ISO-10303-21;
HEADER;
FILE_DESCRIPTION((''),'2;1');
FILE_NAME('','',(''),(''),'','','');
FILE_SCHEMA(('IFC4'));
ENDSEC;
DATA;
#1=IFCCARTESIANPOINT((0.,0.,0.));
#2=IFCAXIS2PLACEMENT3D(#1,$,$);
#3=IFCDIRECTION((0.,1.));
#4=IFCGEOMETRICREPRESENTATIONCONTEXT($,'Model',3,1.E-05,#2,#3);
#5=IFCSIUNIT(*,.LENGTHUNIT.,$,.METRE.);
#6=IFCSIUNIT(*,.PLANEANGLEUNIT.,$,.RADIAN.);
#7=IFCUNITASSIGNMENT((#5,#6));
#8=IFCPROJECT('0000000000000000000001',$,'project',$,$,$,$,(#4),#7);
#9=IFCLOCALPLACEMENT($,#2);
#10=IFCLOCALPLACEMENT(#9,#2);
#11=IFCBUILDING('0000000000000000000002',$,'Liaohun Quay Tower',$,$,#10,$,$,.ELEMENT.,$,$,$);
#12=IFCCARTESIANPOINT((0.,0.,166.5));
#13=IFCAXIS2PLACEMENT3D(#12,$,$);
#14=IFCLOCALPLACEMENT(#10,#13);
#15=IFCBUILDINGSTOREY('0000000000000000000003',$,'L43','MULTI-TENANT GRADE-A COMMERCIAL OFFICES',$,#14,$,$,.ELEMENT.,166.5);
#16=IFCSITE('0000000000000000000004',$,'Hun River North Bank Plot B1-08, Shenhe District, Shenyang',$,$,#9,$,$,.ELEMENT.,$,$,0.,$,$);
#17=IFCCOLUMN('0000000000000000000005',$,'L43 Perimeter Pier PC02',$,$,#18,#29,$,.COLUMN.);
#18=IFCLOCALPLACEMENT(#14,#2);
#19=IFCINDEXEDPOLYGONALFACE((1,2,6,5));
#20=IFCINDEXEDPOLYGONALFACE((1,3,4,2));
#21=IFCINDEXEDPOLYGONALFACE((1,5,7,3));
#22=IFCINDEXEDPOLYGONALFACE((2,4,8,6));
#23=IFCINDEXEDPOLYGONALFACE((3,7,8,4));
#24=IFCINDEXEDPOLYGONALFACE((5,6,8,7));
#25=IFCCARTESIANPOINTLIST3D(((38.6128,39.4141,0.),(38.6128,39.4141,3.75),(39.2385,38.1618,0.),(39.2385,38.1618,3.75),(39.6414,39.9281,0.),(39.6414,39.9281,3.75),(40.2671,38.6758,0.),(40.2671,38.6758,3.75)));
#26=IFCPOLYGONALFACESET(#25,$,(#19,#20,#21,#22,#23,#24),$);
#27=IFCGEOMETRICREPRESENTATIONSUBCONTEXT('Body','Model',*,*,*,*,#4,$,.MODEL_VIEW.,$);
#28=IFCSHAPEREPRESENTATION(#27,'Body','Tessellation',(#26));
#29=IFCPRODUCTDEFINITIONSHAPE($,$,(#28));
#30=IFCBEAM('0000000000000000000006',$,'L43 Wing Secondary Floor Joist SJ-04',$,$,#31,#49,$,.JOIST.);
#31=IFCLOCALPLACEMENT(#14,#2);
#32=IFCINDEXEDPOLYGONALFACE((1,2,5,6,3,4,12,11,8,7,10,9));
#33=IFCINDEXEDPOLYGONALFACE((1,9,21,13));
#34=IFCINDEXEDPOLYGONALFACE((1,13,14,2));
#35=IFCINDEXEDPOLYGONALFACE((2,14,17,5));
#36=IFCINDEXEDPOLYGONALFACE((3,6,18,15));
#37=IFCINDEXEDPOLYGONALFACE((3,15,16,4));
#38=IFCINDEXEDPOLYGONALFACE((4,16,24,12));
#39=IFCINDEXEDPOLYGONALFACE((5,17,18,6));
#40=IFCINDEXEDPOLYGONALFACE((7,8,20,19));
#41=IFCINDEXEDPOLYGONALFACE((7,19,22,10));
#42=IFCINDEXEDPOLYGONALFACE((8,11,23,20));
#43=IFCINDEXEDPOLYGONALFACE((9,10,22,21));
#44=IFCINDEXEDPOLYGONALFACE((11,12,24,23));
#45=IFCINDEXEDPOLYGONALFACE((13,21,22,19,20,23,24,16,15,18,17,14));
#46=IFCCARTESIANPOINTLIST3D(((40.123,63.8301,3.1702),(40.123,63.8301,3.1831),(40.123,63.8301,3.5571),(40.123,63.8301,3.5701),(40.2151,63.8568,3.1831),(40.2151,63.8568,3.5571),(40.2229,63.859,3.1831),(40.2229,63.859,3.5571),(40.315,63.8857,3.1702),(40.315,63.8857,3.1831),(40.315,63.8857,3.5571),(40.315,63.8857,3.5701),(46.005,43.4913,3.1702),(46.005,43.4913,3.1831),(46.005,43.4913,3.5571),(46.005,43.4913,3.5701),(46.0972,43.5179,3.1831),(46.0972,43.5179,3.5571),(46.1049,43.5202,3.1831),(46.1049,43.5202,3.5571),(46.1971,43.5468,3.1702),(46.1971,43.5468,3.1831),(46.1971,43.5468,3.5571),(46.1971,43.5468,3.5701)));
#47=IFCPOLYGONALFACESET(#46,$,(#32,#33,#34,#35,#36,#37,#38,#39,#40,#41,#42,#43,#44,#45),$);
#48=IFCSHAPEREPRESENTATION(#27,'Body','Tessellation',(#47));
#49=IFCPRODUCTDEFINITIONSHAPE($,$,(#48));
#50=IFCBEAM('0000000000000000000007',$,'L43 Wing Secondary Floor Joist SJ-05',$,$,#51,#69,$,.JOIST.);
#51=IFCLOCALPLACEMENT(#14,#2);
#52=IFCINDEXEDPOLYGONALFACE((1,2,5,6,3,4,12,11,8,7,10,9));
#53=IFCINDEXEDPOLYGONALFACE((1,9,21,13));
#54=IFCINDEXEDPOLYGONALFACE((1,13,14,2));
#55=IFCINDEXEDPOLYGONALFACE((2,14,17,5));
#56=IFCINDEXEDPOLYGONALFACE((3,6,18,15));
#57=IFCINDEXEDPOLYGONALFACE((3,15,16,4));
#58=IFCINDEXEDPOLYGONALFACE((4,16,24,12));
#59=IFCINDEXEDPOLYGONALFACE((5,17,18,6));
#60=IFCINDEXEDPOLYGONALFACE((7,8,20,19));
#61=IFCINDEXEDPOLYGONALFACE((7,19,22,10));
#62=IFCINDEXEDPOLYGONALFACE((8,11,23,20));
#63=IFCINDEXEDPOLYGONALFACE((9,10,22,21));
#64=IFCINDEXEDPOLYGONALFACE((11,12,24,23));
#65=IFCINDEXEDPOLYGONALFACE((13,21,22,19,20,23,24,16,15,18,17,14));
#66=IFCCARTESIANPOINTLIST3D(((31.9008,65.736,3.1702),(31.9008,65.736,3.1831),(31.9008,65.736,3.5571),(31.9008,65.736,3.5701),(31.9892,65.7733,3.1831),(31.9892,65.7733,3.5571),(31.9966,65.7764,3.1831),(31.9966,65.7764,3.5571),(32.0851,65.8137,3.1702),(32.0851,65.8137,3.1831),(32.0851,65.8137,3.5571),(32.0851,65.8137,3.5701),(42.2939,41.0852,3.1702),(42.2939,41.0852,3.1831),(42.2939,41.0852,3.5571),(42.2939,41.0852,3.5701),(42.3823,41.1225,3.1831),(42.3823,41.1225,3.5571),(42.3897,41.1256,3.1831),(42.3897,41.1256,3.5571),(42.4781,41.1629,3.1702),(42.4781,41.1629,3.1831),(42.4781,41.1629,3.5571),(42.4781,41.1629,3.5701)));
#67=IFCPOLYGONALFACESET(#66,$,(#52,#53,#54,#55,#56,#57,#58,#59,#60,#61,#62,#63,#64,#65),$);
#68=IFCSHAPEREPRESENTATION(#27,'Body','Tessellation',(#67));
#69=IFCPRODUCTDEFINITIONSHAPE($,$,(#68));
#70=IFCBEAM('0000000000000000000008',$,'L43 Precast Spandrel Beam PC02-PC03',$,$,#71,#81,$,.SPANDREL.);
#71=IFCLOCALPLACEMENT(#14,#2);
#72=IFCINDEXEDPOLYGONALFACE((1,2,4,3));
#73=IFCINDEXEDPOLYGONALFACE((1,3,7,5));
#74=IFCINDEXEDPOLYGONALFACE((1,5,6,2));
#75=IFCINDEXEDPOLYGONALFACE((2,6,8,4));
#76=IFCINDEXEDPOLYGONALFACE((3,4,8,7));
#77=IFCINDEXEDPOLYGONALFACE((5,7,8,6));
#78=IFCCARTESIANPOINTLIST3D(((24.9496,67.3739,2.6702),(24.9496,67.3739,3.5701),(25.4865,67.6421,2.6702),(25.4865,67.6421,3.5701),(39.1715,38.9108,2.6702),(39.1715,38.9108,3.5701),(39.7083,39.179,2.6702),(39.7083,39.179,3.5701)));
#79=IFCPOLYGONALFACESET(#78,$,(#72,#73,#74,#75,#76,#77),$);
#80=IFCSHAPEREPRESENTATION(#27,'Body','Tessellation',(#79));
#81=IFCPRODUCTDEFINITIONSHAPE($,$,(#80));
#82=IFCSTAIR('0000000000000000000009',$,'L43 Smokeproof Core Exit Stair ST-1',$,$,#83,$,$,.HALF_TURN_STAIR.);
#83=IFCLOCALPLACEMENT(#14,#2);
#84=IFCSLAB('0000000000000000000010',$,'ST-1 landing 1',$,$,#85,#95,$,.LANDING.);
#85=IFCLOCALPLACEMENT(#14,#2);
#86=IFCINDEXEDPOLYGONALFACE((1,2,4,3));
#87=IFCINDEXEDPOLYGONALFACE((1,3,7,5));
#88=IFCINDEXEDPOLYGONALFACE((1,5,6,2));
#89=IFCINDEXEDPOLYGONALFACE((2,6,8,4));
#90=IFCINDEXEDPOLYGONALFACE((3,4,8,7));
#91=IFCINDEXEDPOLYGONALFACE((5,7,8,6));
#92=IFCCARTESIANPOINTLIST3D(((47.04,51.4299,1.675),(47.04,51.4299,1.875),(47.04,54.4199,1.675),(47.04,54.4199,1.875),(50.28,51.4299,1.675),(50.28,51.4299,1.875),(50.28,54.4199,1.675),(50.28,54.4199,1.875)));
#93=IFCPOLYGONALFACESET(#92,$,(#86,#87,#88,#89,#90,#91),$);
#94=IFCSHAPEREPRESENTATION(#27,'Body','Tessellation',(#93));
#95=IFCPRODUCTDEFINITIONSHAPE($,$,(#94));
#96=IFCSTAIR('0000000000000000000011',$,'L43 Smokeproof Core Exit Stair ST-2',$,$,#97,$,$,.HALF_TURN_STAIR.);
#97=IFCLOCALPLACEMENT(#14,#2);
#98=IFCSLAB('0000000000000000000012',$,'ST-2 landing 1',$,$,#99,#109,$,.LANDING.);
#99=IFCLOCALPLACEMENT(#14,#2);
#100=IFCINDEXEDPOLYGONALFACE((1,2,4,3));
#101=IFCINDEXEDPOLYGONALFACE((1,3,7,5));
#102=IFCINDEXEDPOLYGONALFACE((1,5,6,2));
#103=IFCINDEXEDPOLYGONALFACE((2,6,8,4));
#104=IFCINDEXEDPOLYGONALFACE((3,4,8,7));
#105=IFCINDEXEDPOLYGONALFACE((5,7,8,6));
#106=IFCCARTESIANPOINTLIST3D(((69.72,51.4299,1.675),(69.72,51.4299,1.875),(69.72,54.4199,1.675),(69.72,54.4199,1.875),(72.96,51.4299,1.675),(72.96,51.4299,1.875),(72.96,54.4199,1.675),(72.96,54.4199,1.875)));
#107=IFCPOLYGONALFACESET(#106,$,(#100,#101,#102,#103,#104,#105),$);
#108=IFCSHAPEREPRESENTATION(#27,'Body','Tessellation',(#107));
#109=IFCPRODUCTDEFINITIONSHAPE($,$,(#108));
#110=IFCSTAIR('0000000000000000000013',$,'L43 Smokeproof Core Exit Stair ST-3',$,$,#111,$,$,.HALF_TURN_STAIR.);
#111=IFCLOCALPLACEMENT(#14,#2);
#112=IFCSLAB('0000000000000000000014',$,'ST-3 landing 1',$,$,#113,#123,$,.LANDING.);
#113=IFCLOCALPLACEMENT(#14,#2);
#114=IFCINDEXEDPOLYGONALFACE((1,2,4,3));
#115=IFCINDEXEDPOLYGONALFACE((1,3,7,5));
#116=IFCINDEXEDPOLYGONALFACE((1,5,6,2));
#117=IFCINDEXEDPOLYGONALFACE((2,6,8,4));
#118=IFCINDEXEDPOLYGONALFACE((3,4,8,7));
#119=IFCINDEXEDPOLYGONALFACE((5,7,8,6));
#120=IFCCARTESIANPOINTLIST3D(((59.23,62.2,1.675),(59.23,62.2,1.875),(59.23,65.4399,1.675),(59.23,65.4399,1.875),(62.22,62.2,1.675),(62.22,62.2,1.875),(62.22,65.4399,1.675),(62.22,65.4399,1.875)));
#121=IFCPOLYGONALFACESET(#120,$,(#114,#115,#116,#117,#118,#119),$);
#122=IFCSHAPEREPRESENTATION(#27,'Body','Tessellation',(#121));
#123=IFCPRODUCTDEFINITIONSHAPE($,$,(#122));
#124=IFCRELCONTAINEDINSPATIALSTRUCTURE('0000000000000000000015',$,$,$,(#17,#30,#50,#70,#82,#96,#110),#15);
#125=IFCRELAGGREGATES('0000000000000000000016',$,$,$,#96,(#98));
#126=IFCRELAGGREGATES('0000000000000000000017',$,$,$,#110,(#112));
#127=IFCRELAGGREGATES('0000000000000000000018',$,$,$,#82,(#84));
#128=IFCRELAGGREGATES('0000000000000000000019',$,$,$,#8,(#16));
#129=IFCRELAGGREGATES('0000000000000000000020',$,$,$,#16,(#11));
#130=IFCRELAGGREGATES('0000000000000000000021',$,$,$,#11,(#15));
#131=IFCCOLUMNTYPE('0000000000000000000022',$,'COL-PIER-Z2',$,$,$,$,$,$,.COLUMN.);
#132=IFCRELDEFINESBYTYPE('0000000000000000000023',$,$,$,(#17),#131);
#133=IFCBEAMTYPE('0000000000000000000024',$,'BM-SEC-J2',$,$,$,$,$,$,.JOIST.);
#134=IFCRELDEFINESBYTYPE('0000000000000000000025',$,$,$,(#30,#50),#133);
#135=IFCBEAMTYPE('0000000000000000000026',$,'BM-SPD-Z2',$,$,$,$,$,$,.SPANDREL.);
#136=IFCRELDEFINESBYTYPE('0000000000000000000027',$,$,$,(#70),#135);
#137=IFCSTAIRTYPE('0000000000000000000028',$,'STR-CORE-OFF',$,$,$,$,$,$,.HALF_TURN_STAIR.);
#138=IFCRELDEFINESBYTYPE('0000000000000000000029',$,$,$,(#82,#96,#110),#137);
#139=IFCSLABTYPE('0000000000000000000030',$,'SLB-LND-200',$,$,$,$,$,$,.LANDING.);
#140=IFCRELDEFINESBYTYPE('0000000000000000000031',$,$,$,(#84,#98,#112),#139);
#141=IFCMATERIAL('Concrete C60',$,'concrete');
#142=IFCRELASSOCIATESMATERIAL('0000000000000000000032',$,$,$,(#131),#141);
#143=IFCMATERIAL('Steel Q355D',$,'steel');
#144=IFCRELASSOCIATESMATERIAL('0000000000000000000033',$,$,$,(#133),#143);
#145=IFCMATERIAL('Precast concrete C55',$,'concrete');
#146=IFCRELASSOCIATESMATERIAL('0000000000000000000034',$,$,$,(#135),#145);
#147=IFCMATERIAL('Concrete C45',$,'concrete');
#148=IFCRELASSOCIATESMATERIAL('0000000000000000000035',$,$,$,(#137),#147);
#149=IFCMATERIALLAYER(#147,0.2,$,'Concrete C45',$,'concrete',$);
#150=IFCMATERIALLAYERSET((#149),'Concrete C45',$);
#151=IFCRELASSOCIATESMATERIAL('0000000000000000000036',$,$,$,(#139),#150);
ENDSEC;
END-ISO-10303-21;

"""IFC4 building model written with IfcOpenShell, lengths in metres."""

from ifc_helpers import new_model, si_unit, direction, frame, origin, origin_2d, place, context, subcontext, project, spatial, polyline, rectangle, i_section, outline, extrude, source, transform, mapped, material, layer, layer_set, material_profile, profile_set, type_object, element, aggregate, save


model = new_model("IFC4")

# Units and contexts
model_context = context("Model", 3, precision=1e-05, world=origin(), true_north=direction((0.0, 1.0)))
body_context = subcontext(model_context, "Body", "Model", "MODEL_VIEW")
ifc_project = project(units=[si_unit("LENGTHUNIT", "METRE"), si_unit("PLANEANGLEUNIT", "RADIAN")], contexts=[model_context])

# Site, building, storey
site_placement = place(None, origin())
site = spatial("IfcSite", under=ifc_project, at=site_placement, Name="Hun River North Bank Plot B1-08, Shenhe District, Shenyang", CompositionType="ELEMENT", RefElevation=0.0)
building_placement = place(site_placement, origin())
building = spatial("IfcBuilding", under=site, at=building_placement, Name="Liaohun Quay Tower", CompositionType="ELEMENT")
storey_placement = place(building_placement, frame((0.0, 0.0, 166.5)))
storey = spatial("IfcBuildingStorey", under=building, at=storey_placement, Name="L43", Description="MULTI-TENANT GRADE-A COMMERCIAL OFFICES", CompositionType="ELEMENT", Elevation=166.5)

# Column
ifc_material_1 = material(Name="Concrete C60", Category="concrete")
ifc_material_profile_1 = material_profile(ifc_material_1, rectangle(XDim=1.3999, YDim=1.1499, at=origin_2d()), Name="RC1400x1150")
ifc_profile_set_1 = profile_set([ifc_material_profile_1], Name="Concrete C60")
column_type = type_object("IfcColumnType", Name="COL-PIER-Z2", PredefinedType="COLUMN", material=ifc_profile_set_1)
shared_shape_1 = source(origin(), body_context, "Body", "SweptSolid", [
    extrude(rectangle(XDim=1.3999, YDim=1.1499, at=origin_2d()), origin(), (0.0, 0.0, 1.0), 3.75),
])
column_placement = place(storey_placement, frame((39.4399, 39.0449, 0.0), z_axis=(0.0, 0.0, 1.0), x_axis=(-0.446979, 0.894545, 0.0)))
element("IfcColumn", 1, at=column_placement, inside=storey, type_object=column_type, Name="L43 Perimeter Pier PC02", PredefinedType="COLUMN", context=body_context, shape_type="MappedRepresentation", body=[
    mapped(shared_shape_1, transform((0.0, 0.0, 0.0), x_axis=(1.0, 0.0, 0.0), y_axis=(0.0, 1.0, 0.0), z_axis=(0.0, 0.0, 1.0), scale=1.0)),
])

# Beams
ifc_material_2 = material(Name="Steel Q355D", Category="steel")
ifc_material_profile_2 = material_profile(ifc_material_2, i_section(OverallWidth=0.2, OverallDepth=0.3999, WebThickness=0.0081, FlangeThickness=0.0129, at=origin_2d()), Name="HN400x200x8x13")
ifc_profile_set_2 = profile_set([ifc_material_profile_2], Name="Steel Q355D")
beam_type_1 = type_object("IfcBeamType", Name="BM-SEC-J2", PredefinedType="JOIST", material=ifc_profile_set_2)
shared_shape_2 = source(origin(), body_context, "Body", "SweptSolid", [
    extrude(i_section(OverallWidth=0.2, OverallDepth=0.3999, WebThickness=0.0081, FlangeThickness=0.0129, at=origin_2d()), origin(), (0.0, 0.0, 1.0), 21.1724),
])
beam_1_placement = place(storey_placement, frame((46.1011, 43.519, 3.3701), z_axis=(-0.277819, 0.960633, 0.0), x_axis=(-0.960633, -0.277819, 0.0)))
element("IfcBeam", 2, at=beam_1_placement, inside=storey, type_object=beam_type_1, Name="L43 Wing Secondary Floor Joist SJ-04", PredefinedType="JOIST", context=body_context, shape_type="MappedRepresentation", body=[
    mapped(shared_shape_2, transform((0.0, 0.0, 0.0), x_axis=(1.0, 0.0, 0.0), y_axis=(0.0, 1.0, 0.0), z_axis=(0.0, 0.0, 1.0), scale=1.0)),
])
shared_shape_3 = source(origin(), body_context, "Body", "SweptSolid", [
    extrude(i_section(OverallWidth=0.2, OverallDepth=0.3999, WebThickness=0.0081, FlangeThickness=0.0129, at=origin_2d()), origin(), (0.0, 0.0, 1.0), 26.7522),
])
beam_2_placement = place(storey_placement, frame((42.386, 41.124, 3.3701), z_axis=(-0.388494, 0.921451, 0.0), x_axis=(-0.921451, -0.388494, 0.0)))
element("IfcBeam", 3, at=beam_2_placement, inside=storey, type_object=beam_type_1, Name="L43 Wing Secondary Floor Joist SJ-05", PredefinedType="JOIST", context=body_context, shape_type="MappedRepresentation", body=[
    mapped(shared_shape_3, transform((0.0, 0.0, 0.0), x_axis=(1.0, 0.0, 0.0), y_axis=(0.0, 1.0, 0.0), z_axis=(0.0, 0.0, 1.0), scale=1.0)),
])
ifc_material_3 = material(Name="Precast concrete C55", Category="concrete")
ifc_material_profile_3 = material_profile(ifc_material_3, rectangle(XDim=0.6001, YDim=0.8999, at=origin_2d()), Name="RC600x900")
ifc_profile_set_3 = profile_set([ifc_material_profile_3], Name="Precast concrete C55")
beam_type_2 = type_object("IfcBeamType", Name="BM-SPD-Z2", PredefinedType="SPANDREL", material=ifc_profile_set_3)
shared_shape_4 = source(origin(), body_context, "Body", "SweptSolid", [
    extrude(rectangle(XDim=0.6001, YDim=0.8999, at=origin_2d()), origin(), (0.0, 0.0, 1.0), 31.8184),
])
beam_3_placement = place(storey_placement, frame((39.4399, 39.0449, 3.1201), z_axis=(-0.446971, 0.894548, 0.0), x_axis=(-0.894548, -0.446971, 0.0)))
element("IfcBeam", 4, at=beam_3_placement, inside=storey, type_object=beam_type_2, Name="L43 Precast Spandrel Beam PC02-PC03", PredefinedType="SPANDREL", context=body_context, shape_type="MappedRepresentation", body=[
    mapped(shared_shape_4, transform((0.0, 0.0, 0.0), x_axis=(1.0, 0.0, 0.0), y_axis=(0.0, 1.0, 0.0), z_axis=(0.0, 0.0, 1.0), scale=1.0)),
])

# Stairs, slabs
ifc_material_4 = material(Name="Concrete C45", Category="concrete")
stair_type = type_object("IfcStairType", Name="STR-CORE-OFF", PredefinedType="HALF_TURN_STAIR", material=ifc_material_4)
stair_1_placement = place(storey_placement, origin())
stair_1 = element("IfcStair", 5, at=stair_1_placement, inside=storey, type_object=stair_type, Name="L43 Smokeproof Core Exit Stair ST-1", PredefinedType="HALF_TURN_STAIR")
ifc_layer_1 = layer(ifc_material_4, 0.2, Name="Concrete C45", Category="concrete")
ifc_layer_set_1 = layer_set([ifc_layer_1], Name="Concrete C45")
slab_type_1 = type_object("IfcSlabType", Name="SLB-LND-200", PredefinedType="LANDING", material=ifc_layer_set_1)
slab_1_placement = place(storey_placement, frame((0.0, 0.0, 1.675)))
slab_1 = element("IfcSlab", 6, at=slab_1_placement, type_object=slab_type_1, Name="ST-1 landing 1", PredefinedType="LANDING", context=body_context, shape_type="SweptSolid", body=[
    extrude(outline(polyline([(50.28, 51.4299), (50.28, 54.4199), (47.04, 54.4199), (47.04, 51.4299), (50.28, 51.4299)])), origin(), (0.0, 0.0, 1.0), 0.2),
])
stair_2_placement = place(storey_placement, origin())
stair_2 = element("IfcStair", 7, at=stair_2_placement, inside=storey, type_object=stair_type, Name="L43 Smokeproof Core Exit Stair ST-2", PredefinedType="HALF_TURN_STAIR")
slab_2_placement = place(storey_placement, frame((0.0, 0.0, 1.675)))
slab_2 = element("IfcSlab", 8, at=slab_2_placement, type_object=slab_type_1, Name="ST-2 landing 1", PredefinedType="LANDING", context=body_context, shape_type="SweptSolid", body=[
    extrude(outline(polyline([(72.96, 51.4299), (72.96, 54.4199), (69.72, 54.4199), (69.72, 51.4299), (72.96, 51.4299)])), origin(), (0.0, 0.0, 1.0), 0.2),
])
aggregate(stair_2, [slab_2])
stair_3_placement = place(storey_placement, origin())
stair_3 = element("IfcStair", 9, at=stair_3_placement, inside=storey, type_object=stair_type, Name="L43 Smokeproof Core Exit Stair ST-3", PredefinedType="HALF_TURN_STAIR")
slab_3_placement = place(storey_placement, frame((0.0, 0.0, 1.675)))
slab_3 = element("IfcSlab", 10, at=slab_3_placement, type_object=slab_type_1, Name="ST-3 landing 1", PredefinedType="LANDING", context=body_context, shape_type="SweptSolid", body=[
    extrude(outline(polyline([(59.23, 62.2), (62.22, 62.2), (62.22, 65.4399), (59.23, 65.4399), (59.23, 62.2)])), origin(), (0.0, 0.0, 1.0), 0.2),
])
aggregate(stair_3, [slab_3])

aggregate(stair_1, [slab_1])

save(model, "model.ifc")
